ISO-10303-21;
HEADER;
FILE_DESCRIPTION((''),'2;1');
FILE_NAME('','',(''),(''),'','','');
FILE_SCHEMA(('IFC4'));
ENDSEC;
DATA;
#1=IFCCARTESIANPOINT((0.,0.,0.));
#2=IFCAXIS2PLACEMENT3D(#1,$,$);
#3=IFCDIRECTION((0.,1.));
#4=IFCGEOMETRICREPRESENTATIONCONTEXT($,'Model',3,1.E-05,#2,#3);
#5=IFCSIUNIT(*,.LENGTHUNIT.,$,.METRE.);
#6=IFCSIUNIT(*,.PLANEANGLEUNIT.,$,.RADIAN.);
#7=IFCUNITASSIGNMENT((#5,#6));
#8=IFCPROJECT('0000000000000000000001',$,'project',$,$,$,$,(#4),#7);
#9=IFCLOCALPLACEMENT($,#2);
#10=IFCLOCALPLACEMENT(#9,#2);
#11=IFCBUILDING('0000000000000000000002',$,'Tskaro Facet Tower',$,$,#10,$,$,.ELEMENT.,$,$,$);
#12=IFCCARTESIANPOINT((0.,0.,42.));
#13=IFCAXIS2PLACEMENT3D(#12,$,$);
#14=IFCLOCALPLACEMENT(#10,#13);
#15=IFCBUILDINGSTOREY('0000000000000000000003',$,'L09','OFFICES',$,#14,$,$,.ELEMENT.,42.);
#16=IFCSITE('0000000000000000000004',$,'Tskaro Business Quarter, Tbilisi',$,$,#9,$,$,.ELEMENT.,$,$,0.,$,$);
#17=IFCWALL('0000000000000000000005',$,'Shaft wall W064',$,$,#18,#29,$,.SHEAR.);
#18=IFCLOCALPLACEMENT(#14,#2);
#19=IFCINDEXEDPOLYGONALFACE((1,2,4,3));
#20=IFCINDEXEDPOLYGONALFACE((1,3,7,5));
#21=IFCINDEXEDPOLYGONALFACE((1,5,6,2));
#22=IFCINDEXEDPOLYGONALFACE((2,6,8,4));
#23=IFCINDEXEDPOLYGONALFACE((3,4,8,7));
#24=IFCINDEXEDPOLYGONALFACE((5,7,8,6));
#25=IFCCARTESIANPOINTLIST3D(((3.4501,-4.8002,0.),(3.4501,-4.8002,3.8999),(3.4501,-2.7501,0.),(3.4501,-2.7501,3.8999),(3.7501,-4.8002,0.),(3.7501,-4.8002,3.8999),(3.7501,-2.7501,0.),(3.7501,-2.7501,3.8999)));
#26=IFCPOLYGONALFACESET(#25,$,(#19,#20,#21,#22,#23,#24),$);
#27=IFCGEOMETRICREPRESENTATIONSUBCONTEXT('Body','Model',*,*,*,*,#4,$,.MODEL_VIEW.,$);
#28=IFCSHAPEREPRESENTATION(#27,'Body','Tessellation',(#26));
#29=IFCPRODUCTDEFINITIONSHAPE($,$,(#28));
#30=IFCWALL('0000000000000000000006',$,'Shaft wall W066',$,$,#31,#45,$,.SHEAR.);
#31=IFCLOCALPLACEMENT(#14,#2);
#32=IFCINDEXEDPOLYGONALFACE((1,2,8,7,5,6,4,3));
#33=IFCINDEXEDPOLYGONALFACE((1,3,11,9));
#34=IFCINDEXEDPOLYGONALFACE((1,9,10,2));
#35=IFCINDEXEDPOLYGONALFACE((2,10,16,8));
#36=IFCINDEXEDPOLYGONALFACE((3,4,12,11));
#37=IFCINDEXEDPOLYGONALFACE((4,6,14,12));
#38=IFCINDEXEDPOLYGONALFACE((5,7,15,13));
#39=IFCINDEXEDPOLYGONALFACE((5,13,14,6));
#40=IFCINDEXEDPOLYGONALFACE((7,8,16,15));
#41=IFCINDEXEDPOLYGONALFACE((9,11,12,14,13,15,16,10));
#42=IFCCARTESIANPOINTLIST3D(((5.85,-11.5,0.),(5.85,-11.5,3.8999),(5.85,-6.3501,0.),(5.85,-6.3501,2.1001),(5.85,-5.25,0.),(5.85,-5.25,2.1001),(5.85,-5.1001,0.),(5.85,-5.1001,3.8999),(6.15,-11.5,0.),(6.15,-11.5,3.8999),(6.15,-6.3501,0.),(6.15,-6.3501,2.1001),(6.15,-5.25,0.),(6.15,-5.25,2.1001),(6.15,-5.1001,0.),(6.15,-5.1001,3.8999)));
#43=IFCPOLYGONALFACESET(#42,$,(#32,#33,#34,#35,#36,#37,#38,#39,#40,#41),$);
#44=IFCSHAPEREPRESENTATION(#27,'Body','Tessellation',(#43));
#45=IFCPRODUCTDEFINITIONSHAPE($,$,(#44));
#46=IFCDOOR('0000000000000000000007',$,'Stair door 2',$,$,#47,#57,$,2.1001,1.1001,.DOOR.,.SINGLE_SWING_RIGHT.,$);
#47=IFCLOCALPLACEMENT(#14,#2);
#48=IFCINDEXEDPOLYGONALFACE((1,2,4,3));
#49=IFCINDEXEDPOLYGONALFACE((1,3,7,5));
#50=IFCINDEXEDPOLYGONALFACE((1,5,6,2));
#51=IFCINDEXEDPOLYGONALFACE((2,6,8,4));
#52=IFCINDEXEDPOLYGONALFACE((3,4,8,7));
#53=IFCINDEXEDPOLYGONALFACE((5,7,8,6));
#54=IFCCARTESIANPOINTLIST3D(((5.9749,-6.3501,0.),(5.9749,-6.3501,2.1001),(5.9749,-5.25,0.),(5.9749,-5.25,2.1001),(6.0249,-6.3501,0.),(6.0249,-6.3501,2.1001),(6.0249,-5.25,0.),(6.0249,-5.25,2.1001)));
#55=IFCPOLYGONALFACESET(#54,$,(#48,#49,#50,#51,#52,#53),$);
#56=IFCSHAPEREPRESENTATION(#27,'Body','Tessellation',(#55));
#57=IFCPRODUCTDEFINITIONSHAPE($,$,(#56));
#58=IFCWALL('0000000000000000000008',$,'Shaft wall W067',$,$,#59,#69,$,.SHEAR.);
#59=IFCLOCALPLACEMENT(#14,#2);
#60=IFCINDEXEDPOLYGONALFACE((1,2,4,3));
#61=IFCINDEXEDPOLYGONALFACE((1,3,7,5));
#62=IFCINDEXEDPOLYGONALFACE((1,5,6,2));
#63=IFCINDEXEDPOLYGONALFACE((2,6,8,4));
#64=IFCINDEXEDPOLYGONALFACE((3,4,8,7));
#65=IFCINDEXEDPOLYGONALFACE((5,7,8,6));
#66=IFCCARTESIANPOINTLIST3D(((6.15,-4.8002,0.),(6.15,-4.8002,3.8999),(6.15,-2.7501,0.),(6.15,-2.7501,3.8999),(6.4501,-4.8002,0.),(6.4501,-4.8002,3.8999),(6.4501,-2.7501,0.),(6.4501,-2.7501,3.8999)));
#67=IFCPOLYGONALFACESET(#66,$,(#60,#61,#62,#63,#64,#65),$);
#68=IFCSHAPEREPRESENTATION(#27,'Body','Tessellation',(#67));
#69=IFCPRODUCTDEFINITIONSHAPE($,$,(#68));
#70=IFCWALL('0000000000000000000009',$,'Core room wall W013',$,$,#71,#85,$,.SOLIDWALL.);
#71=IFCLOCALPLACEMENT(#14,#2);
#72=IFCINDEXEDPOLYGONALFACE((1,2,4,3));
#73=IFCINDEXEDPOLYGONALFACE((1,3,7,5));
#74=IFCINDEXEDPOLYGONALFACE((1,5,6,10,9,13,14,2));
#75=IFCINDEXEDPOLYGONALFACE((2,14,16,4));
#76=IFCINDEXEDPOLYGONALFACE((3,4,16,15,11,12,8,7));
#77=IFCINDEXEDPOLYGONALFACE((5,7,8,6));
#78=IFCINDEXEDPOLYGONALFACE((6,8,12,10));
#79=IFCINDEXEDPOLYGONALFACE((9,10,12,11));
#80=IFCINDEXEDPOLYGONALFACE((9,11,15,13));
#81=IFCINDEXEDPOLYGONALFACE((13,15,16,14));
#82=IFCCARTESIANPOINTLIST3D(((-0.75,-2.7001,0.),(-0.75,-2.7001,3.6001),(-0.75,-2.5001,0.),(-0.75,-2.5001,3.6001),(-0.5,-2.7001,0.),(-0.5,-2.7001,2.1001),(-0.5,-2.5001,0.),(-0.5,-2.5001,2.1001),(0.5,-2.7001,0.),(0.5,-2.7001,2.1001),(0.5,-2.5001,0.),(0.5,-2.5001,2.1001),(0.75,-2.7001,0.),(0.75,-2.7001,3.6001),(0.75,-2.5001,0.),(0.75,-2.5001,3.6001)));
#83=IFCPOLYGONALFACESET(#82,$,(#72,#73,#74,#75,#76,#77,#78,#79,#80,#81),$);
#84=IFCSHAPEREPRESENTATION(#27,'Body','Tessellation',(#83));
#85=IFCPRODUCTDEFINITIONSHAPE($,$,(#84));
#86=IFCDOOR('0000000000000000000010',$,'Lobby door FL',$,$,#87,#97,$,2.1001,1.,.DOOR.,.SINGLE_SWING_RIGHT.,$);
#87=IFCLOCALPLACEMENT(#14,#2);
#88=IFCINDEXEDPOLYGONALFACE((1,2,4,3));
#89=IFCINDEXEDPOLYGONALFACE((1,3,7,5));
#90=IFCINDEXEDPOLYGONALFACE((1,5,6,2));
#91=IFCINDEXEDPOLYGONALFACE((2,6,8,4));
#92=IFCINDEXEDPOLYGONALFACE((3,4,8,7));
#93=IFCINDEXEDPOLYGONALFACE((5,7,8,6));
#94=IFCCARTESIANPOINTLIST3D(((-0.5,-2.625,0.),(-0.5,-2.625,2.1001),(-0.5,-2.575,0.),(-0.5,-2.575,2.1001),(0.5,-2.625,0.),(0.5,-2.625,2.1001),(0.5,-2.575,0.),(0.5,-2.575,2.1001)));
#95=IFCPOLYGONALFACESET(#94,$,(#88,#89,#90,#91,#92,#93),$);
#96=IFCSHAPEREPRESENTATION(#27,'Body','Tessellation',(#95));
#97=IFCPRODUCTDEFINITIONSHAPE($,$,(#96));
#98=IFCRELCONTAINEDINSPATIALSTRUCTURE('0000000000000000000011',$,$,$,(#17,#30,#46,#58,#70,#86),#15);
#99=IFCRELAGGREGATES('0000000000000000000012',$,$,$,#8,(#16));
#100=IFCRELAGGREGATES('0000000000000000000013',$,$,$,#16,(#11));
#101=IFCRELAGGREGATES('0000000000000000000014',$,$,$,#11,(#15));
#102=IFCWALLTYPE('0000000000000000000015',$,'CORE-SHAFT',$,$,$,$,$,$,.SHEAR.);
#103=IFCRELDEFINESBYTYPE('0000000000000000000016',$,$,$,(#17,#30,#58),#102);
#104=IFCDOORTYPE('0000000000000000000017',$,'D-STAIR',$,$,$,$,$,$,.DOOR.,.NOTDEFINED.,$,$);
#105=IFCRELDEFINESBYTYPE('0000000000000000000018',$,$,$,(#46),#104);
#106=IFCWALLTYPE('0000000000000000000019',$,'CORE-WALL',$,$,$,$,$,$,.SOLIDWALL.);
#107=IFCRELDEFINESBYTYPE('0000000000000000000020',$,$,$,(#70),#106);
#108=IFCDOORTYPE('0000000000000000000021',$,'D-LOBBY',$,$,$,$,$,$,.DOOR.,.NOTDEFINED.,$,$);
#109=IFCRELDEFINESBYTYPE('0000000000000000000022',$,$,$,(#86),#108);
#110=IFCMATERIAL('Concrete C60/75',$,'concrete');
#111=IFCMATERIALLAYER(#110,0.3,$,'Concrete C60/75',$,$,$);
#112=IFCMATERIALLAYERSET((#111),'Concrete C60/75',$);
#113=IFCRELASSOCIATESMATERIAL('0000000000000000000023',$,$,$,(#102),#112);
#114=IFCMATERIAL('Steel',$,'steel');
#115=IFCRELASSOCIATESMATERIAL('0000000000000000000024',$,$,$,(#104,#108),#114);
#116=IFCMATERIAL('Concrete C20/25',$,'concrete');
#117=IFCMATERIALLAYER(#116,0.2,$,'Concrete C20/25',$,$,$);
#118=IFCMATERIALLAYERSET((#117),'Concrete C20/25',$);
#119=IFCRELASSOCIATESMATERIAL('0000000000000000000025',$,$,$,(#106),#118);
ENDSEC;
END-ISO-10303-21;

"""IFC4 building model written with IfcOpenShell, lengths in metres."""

from ifc_helpers import new_model, si_unit, direction, frame, frame_2d, origin, place, context, subcontext, project, spatial, rectangle, extrude, material, layer, layer_set, type_object, element, fill, save


model = new_model("IFC4")

# Units and contexts
model_context = context("Model", 3, precision=1e-05, world=origin(), true_north=direction((0.0, 1.0)))
body_context = subcontext(model_context, "Body", "Model", "MODEL_VIEW")
ifc_project = project(units=[si_unit("LENGTHUNIT", "METRE"), si_unit("PLANEANGLEUNIT", "RADIAN")], contexts=[model_context])

# Site, building, storey
site_placement = place(None, origin())
site = spatial("IfcSite", under=ifc_project, at=site_placement, Name="Tskaro Business Quarter, Tbilisi", CompositionType="ELEMENT", RefElevation=0.0)
building_placement = place(site_placement, origin())
building = spatial("IfcBuilding", under=site, at=building_placement, Name="Tskaro Facet Tower", CompositionType="ELEMENT")
storey_placement = place(building_placement, frame((0.0, 0.0, 42.0)))
storey = spatial("IfcBuildingStorey", under=building, at=storey_placement, Name="L09", Description="OFFICES", CompositionType="ELEMENT", Elevation=42.0)

# Shared definitions
ifc_material_1 = material(Name="Concrete C60/75", Category="concrete")
ifc_layer_1 = layer(ifc_material_1, 0.3, Name="Concrete C60/75")
ifc_layer_set_1 = layer_set([ifc_layer_1], Name="Concrete C60/75")
wall_type_1 = type_object("IfcWallType", Name="CORE-SHAFT", PredefinedType="SHEAR", material=ifc_layer_set_1)

# Wall
wall_1_placement = place(storey_placement, frame((3.6001, -4.8, 0.0), z_axis=(0.0, 0.0, 1.0), x_axis=(0.0, 1.0, 0.0)))
element("IfcWall", 1, at=wall_1_placement, inside=storey, type_object=wall_type_1, Name="Shaft wall W064", PredefinedType="SHEAR", context=body_context, shape_type="SweptSolid", body=[
    extrude(rectangle(XDim=2.05, YDim=0.3, at=frame_2d((1.0249, 0.0))), origin(), (0.0, 0.0, 1.0), 3.8999),
])

# Wall, opening, door
wall_2_placement = place(storey_placement, frame((6.0, -5.1001, 0.0), z_axis=(0.0, 0.0, 1.0), x_axis=(0.0, -1.0, 0.0)))
wall_2 = element("IfcWall", 2, at=wall_2_placement, inside=storey, type_object=wall_type_1, Name="Shaft wall W066", PredefinedType="SHEAR", context=body_context, shape_type="SweptSolid", body=[
    extrude(rectangle(XDim=6.3999, YDim=0.3, at=frame_2d((3.2, 0.0))), origin(), (0.0, 0.0, 1.0), 3.8999),
])
opening_1_placement = place(wall_2_placement, frame((0.1499, 0.0, 0.0)))
opening_1 = element("IfcOpeningElement", 3, at=opening_1_placement, cuts=wall_2, PredefinedType="OPENING", context=body_context, shape_type="SweptSolid", body=[
    extrude(rectangle(XDim=1.1001, YDim=2.1001, at=frame_2d((0.55, 1.05))), frame((0.0, 0.1599, 0.0), z_axis=(0.0, -1.0, 0.0), x_axis=(1.0, 0.0, 0.0)), (0.0, 0.0, 1.0), 0.3201),
])
ifc_material_2 = material(Name="Steel", Category="steel")
door_type_1 = type_object("IfcDoorType", Name="D-STAIR", OperationType="NOTDEFINED", PredefinedType="DOOR", material=ifc_material_2)
door_1_placement = place(opening_1_placement, origin())
door_1 = element("IfcDoor", 4, at=door_1_placement, inside=storey, type_object=door_type_1, Name="Stair door 2", OperationType="SINGLE_SWING_RIGHT", OverallHeight=2.1001, OverallWidth=1.1001, PredefinedType="DOOR", context=body_context, shape_type="SweptSolid", body=[
    extrude(rectangle(XDim=1.1001, YDim=2.1001, at=frame_2d((0.55, 1.05))), frame((0.0, 0.0249, 0.0), z_axis=(0.0, -1.0, 0.0), x_axis=(1.0, 0.0, 0.0)), (0.0, 0.0, 1.0), 0.05),
])
fill(opening_1, door_1)

# Wall
wall_3_placement = place(storey_placement, frame((6.3, -4.8, 0.0), z_axis=(0.0, 0.0, 1.0), x_axis=(0.0, 1.0, 0.0)))
element("IfcWall", 5, at=wall_3_placement, inside=storey, type_object=wall_type_1, Name="Shaft wall W067", PredefinedType="SHEAR", context=body_context, shape_type="SweptSolid", body=[
    extrude(rectangle(XDim=2.05, YDim=0.3, at=frame_2d((1.0249, 0.0))), origin(), (0.0, 0.0, 1.0), 3.8999),
])

# Wall, opening, door
ifc_material_3 = material(Name="Concrete C20/25", Category="concrete")
ifc_layer_2 = layer(ifc_material_3, 0.2, Name="Concrete C20/25")
ifc_layer_set_2 = layer_set([ifc_layer_2], Name="Concrete C20/25")
wall_type_2 = type_object("IfcWallType", Name="CORE-WALL", PredefinedType="SOLIDWALL", material=ifc_layer_set_2)
wall_4_placement = place(storey_placement, frame((0.75, -2.6001, 0.0), z_axis=(0.0, 0.0, 1.0), x_axis=(-1.0, 0.0, 0.0)))
wall_4 = element("IfcWall", 6, at=wall_4_placement, inside=storey, type_object=wall_type_2, Name="Core room wall W013", PredefinedType="SOLIDWALL", context=body_context, shape_type="SweptSolid", body=[
    extrude(rectangle(XDim=1.5, YDim=0.2, at=frame_2d((0.75, 0.0))), origin(), (0.0, 0.0, 1.0), 3.6001),
])
opening_2_placement = place(wall_4_placement, frame((0.25, 0.0, 0.0)))
opening_2 = element("IfcOpeningElement", 7, at=opening_2_placement, cuts=wall_4, PredefinedType="OPENING", context=body_context, shape_type="SweptSolid", body=[
    extrude(rectangle(XDim=1.0, YDim=2.1001, at=frame_2d((0.5, 1.05))), frame((0.0, 0.1099, 0.0), z_axis=(0.0, -1.0, 0.0), x_axis=(1.0, 0.0, 0.0)), (0.0, 0.0, 1.0), 0.22),
])
door_type_2 = type_object("IfcDoorType", Name="D-LOBBY", OperationType="NOTDEFINED", PredefinedType="DOOR", material=ifc_material_2)
door_2_placement = place(opening_2_placement, origin())
door_2 = element("IfcDoor", 8, at=door_2_placement, inside=storey, type_object=door_type_2, Name="Lobby door FL", OperationType="SINGLE_SWING_RIGHT", OverallHeight=2.1001, OverallWidth=1.0, PredefinedType="DOOR", context=body_context, shape_type="SweptSolid", body=[
    extrude(rectangle(XDim=1.0, YDim=2.1001, at=frame_2d((0.5, 1.05))), frame((0.0, 0.0249, 0.0), z_axis=(0.0, -1.0, 0.0), x_axis=(1.0, 0.0, 0.0)), (0.0, 0.0, 1.0), 0.05),
])
fill(opening_2, door_2)

save(model, "model.ifc")
